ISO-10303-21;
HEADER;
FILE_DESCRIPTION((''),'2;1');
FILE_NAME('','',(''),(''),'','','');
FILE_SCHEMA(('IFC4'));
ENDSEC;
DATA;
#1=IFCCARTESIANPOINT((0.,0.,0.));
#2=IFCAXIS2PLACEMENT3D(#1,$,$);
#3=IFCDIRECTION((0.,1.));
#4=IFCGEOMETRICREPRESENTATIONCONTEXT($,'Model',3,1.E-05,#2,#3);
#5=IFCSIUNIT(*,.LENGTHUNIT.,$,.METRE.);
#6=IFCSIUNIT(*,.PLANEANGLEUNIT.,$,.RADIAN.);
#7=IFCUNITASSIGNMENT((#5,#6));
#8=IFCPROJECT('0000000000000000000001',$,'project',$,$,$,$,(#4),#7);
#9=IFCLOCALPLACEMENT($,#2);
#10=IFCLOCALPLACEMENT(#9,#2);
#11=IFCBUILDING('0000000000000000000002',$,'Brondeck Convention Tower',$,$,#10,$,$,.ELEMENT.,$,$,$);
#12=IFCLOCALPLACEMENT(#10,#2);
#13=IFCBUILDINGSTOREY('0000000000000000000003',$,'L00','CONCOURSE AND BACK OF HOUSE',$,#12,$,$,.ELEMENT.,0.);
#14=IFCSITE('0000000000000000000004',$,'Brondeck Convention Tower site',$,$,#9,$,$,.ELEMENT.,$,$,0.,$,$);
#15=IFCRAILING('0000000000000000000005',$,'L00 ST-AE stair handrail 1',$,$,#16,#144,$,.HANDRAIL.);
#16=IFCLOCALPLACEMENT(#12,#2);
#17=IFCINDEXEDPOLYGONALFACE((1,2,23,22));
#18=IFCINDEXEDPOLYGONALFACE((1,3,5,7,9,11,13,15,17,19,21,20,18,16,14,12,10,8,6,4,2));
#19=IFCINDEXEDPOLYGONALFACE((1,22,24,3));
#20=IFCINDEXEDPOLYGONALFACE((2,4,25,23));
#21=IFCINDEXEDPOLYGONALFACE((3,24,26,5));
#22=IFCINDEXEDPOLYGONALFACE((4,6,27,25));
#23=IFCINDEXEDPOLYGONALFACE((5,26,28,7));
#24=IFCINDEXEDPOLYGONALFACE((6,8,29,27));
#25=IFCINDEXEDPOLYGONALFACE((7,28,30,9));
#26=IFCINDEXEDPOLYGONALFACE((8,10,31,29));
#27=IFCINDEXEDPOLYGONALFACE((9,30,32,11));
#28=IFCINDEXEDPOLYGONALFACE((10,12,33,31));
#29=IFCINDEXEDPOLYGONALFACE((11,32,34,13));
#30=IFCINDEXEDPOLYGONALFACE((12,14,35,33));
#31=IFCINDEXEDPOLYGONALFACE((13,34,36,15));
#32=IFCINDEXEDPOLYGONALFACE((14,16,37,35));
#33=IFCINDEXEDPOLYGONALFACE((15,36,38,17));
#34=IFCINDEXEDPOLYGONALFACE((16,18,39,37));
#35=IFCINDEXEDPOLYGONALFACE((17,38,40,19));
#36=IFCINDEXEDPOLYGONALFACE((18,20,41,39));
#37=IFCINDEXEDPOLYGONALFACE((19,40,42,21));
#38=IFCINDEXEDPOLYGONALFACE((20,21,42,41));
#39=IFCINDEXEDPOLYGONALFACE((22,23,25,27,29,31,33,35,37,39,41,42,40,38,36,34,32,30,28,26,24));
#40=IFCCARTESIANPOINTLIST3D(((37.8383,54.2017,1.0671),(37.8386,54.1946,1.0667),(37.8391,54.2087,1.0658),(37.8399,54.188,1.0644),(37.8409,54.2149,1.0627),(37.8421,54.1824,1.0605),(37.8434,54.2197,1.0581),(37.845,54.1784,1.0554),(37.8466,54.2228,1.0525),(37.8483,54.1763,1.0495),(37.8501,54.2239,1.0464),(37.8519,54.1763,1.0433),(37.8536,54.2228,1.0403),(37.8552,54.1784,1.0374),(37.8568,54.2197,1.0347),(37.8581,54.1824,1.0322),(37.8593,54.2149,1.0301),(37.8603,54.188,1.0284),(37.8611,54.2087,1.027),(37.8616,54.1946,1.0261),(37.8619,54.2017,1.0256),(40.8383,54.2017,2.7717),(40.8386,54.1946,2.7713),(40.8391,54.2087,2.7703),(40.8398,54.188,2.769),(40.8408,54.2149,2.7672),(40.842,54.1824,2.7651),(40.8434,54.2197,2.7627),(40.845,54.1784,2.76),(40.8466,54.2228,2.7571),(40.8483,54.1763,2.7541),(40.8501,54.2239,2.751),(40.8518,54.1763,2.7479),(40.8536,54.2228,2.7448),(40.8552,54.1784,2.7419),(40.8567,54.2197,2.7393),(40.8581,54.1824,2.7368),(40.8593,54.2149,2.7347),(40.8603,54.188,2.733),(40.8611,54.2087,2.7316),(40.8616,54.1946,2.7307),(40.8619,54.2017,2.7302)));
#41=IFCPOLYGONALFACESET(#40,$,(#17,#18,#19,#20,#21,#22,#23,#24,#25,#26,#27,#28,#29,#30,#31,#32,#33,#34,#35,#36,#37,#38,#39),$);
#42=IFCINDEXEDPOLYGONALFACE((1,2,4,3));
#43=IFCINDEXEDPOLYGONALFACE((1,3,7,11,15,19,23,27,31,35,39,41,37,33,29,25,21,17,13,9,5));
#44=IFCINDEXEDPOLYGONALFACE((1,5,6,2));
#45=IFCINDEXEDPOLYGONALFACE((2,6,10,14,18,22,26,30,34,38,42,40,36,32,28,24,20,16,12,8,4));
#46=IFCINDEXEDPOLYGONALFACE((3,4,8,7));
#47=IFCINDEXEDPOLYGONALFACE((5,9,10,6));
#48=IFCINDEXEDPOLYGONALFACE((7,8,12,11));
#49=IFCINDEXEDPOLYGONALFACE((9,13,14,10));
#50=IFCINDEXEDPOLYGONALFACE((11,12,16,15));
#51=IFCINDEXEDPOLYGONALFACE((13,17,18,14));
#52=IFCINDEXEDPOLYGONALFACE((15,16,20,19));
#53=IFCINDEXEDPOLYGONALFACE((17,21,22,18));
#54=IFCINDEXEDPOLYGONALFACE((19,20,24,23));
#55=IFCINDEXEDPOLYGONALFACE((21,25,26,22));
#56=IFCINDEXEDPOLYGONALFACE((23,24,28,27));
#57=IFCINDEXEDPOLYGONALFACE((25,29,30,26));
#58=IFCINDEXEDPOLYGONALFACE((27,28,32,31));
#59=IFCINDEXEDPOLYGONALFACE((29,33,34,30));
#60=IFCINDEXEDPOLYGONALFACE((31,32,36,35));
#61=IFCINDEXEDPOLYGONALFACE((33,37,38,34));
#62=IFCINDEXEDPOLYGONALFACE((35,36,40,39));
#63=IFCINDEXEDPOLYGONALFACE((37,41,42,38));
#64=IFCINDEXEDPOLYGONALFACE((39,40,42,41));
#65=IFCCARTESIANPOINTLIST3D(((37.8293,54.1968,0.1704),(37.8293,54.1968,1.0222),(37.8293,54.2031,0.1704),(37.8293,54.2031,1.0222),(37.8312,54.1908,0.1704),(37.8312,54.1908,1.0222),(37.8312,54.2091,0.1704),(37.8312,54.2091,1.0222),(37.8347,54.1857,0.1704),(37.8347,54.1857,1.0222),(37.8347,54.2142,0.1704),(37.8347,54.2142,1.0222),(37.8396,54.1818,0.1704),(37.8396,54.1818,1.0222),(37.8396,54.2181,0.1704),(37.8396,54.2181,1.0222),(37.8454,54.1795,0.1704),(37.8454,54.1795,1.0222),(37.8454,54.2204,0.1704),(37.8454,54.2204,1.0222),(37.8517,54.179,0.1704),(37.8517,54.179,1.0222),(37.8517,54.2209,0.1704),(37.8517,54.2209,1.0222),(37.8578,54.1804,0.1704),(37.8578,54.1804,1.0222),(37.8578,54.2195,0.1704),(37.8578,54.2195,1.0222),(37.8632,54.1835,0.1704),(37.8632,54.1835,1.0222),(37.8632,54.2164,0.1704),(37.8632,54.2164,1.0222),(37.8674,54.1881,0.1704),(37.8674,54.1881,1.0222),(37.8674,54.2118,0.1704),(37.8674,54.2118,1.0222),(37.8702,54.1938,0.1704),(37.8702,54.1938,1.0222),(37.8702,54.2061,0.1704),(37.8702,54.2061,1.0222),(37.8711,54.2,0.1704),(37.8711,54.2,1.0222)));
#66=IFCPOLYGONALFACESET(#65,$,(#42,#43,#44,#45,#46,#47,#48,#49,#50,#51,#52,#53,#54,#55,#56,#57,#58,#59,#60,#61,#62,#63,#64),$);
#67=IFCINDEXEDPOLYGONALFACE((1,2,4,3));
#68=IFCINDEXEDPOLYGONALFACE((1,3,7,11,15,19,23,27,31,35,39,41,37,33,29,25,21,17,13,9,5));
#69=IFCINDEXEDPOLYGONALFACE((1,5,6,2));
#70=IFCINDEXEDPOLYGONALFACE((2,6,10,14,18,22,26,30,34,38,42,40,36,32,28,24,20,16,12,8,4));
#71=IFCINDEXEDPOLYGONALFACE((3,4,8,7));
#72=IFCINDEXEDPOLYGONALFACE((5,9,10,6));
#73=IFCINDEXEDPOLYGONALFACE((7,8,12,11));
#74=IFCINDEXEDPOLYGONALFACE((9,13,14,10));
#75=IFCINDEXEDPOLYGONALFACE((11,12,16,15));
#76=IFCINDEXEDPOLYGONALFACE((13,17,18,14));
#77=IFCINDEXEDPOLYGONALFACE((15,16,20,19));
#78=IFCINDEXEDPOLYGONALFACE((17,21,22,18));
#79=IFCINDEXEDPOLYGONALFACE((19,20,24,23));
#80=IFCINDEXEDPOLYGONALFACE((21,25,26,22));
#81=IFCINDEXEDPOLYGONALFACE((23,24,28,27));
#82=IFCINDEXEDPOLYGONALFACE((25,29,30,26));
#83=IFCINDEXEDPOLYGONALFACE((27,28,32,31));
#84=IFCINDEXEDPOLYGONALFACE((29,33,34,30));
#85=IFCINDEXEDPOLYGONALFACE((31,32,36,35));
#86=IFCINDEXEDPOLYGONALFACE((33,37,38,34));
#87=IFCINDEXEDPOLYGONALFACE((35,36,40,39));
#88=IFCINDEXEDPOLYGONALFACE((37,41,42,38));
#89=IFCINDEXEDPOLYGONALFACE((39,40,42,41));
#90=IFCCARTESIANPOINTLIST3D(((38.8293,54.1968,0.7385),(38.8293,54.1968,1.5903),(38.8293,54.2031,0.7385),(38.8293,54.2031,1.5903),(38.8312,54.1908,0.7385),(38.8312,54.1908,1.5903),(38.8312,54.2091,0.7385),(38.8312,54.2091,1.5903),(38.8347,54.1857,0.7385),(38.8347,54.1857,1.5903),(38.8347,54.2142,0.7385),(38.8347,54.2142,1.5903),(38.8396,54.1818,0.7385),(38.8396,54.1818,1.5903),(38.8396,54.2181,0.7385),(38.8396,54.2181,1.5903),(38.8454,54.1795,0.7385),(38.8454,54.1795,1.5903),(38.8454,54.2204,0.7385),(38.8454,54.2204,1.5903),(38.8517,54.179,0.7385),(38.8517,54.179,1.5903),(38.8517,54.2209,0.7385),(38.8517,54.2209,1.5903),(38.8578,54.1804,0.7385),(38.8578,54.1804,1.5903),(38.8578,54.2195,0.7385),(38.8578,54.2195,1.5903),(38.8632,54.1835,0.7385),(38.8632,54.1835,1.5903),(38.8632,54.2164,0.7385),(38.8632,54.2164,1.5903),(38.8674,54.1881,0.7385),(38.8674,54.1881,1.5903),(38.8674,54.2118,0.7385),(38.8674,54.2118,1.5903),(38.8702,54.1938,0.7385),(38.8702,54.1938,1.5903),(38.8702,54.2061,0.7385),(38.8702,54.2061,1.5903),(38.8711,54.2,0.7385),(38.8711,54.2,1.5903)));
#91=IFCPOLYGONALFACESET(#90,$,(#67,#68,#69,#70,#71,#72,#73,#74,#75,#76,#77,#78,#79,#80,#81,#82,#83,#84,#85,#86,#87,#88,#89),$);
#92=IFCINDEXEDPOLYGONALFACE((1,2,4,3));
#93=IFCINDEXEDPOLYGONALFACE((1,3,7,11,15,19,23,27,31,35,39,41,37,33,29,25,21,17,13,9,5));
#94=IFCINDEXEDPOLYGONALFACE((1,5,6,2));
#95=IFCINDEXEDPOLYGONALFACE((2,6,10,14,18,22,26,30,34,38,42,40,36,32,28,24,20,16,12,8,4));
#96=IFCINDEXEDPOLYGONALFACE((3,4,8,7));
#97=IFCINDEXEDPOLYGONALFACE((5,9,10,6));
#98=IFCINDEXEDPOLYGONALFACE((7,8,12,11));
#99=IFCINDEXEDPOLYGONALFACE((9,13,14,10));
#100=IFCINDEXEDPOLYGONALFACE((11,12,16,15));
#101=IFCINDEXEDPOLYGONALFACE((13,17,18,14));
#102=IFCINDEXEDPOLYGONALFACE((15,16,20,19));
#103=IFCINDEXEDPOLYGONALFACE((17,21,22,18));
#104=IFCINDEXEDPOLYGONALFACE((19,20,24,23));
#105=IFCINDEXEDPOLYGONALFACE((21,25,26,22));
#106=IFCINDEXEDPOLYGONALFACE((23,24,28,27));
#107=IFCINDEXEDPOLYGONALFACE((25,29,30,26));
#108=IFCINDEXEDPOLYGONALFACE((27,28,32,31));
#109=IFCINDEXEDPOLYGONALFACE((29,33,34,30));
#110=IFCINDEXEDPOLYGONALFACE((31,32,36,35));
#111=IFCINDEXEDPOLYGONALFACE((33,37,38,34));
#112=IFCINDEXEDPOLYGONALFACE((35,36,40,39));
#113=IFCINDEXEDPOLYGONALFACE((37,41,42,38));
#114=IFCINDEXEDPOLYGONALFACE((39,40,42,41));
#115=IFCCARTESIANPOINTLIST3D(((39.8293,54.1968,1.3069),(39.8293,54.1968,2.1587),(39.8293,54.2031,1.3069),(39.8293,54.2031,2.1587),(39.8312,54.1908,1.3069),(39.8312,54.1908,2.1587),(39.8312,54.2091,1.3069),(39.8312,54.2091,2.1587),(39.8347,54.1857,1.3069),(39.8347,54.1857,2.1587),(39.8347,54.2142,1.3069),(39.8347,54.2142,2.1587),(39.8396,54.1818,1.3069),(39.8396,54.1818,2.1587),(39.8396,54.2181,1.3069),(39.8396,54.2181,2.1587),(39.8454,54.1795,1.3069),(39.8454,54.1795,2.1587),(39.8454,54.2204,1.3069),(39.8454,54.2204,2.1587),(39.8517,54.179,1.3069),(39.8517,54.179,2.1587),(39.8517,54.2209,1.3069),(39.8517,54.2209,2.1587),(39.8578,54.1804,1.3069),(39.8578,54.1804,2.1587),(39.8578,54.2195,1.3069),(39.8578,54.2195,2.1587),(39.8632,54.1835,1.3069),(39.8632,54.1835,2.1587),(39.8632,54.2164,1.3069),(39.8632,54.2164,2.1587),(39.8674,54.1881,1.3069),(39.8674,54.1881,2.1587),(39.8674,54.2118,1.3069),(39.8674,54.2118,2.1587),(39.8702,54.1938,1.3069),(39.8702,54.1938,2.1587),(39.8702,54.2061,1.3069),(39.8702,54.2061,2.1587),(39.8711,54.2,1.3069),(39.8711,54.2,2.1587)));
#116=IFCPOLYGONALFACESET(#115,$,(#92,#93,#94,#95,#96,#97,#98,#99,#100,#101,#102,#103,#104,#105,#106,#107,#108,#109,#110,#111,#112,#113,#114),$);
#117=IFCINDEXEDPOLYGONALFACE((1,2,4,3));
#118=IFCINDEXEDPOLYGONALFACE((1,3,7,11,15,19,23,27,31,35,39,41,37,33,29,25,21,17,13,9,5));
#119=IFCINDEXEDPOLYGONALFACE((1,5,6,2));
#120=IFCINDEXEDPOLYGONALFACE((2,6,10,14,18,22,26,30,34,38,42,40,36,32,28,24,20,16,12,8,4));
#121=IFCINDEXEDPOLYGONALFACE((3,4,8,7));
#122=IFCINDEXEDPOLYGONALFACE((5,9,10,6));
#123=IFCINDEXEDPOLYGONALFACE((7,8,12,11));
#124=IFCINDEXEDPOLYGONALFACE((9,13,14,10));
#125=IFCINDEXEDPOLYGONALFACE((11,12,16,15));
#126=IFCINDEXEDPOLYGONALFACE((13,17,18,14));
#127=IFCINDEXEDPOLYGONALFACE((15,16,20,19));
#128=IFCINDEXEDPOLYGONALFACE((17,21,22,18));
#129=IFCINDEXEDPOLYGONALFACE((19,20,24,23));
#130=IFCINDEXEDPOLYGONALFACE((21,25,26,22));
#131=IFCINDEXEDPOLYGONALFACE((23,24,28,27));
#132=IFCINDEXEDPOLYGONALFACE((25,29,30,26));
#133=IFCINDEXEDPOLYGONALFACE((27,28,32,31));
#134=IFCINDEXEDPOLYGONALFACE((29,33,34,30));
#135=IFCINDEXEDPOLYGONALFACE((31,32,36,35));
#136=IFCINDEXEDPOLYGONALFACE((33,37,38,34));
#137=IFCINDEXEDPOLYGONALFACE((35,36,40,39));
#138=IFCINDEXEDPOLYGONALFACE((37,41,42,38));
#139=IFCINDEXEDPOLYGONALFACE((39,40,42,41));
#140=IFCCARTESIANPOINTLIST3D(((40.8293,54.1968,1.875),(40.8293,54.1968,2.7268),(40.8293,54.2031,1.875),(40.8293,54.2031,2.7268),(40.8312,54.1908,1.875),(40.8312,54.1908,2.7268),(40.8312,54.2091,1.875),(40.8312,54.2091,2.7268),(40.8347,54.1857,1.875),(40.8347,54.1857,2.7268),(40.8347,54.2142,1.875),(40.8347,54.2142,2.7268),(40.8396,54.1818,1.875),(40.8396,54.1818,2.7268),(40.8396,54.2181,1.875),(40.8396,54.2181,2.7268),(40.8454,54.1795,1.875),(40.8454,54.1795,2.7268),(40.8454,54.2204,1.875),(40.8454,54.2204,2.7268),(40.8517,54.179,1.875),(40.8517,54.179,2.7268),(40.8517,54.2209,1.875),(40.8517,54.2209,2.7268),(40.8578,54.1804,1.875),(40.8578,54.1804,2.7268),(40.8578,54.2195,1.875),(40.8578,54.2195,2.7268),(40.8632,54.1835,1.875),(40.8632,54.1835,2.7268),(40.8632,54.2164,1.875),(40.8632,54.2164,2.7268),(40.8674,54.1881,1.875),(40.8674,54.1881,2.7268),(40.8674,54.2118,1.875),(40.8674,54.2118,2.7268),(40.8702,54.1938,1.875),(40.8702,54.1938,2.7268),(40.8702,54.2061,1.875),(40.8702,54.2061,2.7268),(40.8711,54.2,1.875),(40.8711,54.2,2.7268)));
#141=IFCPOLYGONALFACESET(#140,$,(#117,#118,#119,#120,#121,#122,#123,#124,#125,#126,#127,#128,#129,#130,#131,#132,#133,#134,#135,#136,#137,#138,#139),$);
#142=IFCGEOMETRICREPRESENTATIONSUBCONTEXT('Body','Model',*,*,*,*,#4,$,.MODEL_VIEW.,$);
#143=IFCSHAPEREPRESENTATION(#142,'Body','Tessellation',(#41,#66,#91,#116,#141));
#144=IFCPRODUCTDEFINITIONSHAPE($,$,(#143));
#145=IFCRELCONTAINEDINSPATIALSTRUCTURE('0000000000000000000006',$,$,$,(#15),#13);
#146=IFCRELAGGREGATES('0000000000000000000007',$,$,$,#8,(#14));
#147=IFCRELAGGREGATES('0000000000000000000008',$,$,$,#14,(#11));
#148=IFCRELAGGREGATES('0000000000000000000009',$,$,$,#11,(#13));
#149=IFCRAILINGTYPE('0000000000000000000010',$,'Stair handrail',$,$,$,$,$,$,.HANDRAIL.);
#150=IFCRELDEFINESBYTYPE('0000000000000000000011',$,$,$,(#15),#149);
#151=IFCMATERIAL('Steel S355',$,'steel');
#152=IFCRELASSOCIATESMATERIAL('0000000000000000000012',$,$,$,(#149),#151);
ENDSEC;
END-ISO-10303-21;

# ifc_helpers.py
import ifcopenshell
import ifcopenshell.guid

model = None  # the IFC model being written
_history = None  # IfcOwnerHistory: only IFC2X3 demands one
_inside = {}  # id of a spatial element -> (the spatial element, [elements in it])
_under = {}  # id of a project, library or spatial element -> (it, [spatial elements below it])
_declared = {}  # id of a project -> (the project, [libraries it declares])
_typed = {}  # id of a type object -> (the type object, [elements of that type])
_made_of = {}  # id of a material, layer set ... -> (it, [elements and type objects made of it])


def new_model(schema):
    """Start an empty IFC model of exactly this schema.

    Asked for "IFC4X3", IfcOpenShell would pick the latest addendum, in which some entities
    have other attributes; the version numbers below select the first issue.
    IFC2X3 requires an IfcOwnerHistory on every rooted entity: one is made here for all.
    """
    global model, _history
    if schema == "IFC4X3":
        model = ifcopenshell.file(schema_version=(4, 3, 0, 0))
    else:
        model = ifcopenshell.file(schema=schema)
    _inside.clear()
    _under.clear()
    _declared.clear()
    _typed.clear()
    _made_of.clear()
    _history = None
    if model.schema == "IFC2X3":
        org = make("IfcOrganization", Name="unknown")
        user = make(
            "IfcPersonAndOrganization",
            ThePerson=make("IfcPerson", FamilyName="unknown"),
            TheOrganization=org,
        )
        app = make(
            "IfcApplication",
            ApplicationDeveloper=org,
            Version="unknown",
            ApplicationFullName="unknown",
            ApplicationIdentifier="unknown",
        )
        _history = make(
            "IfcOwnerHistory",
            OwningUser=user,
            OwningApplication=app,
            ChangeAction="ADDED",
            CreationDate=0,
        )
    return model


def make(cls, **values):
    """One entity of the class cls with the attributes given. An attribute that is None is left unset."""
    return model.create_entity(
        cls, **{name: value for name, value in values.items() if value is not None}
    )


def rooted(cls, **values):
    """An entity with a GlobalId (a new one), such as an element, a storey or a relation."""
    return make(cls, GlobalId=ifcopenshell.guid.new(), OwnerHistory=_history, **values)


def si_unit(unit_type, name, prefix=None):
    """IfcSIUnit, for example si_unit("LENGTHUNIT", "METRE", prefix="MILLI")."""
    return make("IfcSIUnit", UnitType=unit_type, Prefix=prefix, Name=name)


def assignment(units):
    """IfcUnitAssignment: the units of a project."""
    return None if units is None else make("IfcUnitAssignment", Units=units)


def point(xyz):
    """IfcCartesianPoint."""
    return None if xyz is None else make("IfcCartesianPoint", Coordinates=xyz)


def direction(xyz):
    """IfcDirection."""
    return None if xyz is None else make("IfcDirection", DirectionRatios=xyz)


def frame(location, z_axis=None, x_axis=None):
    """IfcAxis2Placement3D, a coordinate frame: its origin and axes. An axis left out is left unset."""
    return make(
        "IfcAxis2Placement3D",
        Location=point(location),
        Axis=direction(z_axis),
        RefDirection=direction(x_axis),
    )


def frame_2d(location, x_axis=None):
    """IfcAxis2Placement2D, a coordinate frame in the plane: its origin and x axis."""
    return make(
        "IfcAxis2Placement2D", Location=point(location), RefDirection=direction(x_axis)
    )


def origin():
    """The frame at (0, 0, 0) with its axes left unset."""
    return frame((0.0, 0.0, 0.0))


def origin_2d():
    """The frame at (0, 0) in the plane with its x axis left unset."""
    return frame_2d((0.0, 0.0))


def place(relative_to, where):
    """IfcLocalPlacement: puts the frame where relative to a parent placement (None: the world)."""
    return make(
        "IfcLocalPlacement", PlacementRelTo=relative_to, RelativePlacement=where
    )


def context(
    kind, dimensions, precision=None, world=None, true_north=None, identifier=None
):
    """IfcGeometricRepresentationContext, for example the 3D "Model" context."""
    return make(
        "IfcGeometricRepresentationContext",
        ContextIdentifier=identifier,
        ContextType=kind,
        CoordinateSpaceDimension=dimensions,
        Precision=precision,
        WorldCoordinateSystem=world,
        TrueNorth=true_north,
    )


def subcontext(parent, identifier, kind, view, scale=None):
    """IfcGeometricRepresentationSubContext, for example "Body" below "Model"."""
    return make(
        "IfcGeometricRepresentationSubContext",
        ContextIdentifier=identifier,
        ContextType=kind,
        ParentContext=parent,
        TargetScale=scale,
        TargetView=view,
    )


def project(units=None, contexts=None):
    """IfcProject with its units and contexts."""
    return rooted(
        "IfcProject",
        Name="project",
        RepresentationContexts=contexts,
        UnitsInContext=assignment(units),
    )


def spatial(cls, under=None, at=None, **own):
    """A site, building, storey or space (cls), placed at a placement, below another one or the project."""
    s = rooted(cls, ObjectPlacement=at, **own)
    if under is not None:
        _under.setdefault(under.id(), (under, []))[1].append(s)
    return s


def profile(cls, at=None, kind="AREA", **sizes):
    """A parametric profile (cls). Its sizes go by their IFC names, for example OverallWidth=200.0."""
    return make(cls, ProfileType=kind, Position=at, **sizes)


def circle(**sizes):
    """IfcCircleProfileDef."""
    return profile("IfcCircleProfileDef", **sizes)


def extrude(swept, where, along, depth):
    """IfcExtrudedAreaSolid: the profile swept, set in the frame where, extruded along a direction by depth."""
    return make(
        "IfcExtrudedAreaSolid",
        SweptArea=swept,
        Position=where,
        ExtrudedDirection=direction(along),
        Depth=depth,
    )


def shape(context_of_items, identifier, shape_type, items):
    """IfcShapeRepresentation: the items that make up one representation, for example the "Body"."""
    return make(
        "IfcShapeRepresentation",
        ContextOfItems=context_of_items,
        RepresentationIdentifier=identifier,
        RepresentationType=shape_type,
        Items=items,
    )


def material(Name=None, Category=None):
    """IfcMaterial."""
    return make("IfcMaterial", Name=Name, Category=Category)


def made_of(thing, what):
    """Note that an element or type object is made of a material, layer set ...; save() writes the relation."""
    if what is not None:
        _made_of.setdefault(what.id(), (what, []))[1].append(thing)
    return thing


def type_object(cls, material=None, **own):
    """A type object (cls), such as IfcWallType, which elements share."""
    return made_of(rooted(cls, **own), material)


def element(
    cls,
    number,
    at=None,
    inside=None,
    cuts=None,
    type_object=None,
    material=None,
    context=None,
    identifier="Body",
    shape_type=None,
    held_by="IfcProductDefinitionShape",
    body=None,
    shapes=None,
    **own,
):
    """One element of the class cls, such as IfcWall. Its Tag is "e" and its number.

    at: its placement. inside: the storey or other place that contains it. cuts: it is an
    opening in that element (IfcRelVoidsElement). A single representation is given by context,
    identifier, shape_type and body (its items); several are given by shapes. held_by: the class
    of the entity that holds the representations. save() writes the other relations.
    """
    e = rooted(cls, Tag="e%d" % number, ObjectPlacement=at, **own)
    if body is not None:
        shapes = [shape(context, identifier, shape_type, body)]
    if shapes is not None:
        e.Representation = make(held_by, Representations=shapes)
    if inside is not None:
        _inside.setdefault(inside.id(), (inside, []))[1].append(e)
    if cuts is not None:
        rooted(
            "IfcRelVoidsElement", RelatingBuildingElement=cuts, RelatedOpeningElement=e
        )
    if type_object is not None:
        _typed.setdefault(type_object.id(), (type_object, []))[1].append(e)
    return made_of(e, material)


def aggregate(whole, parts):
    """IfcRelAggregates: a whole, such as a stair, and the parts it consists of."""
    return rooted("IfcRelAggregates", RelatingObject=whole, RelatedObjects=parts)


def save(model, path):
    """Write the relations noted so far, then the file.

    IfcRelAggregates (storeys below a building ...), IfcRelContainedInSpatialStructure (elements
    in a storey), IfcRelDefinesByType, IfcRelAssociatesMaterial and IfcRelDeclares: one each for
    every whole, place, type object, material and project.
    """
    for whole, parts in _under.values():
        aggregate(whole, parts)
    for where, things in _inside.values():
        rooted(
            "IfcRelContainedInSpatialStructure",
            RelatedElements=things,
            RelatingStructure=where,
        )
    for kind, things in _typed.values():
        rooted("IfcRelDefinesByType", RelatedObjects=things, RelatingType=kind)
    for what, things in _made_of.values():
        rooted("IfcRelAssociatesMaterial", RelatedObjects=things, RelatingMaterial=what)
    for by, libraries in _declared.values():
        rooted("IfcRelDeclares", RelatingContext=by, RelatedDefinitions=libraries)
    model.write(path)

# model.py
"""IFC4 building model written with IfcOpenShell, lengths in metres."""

from ifc_helpers import new_model, si_unit, direction, frame, origin, origin_2d, place, context, subcontext, project, spatial, circle, extrude, material, type_object, element, save


model = new_model("IFC4")

# Units and contexts
model_context = context("Model", 3, precision=1e-05, world=origin(), true_north=direction((0.0, 1.0)))
body_context = subcontext(model_context, "Body", "Model", "MODEL_VIEW")
ifc_project = project(units=[si_unit("LENGTHUNIT", "METRE"), si_unit("PLANEANGLEUNIT", "RADIAN")], contexts=[model_context])

# Site, building, storey
site_placement = place(None, origin())
site = spatial("IfcSite", under=ifc_project, at=site_placement, Name="Brondeck Convention Tower site", CompositionType="ELEMENT", RefElevation=0.0)
building_placement = place(site_placement, origin())
building = spatial("IfcBuilding", under=site, at=building_placement, Name="Brondeck Convention Tower", CompositionType="ELEMENT")
storey_placement = place(building_placement, origin())
storey = spatial("IfcBuildingStorey", under=building, at=storey_placement, Name="L00", Description="CONCOURSE AND BACK OF HOUSE", CompositionType="ELEMENT", Elevation=0.0)

# Shared definitions
ifc_material_1 = material(Name="Steel S355", Category="steel")

# Railing
railing_type_1 = type_object("IfcRailingType", Name="Stair handrail", PredefinedType="HANDRAIL", material=ifc_material_1)
for number, where, name in (
    (1, (37.8501, 54.2, 0.1704), "L00 ST-AE stair handrail 1"),
):
    element("IfcRailing", number, at=place(storey_placement, frame(where)), inside=storey, type_object=railing_type_1, Name=name, PredefinedType="HANDRAIL", context=body_context, shape_type="SweptSolid", body=[
        extrude(circle(Radius=0.0239, at=origin_2d()), frame((0.0, 0.0, 0.876), z_axis=(0.869451, 0.0, 0.494019), x_axis=(0.0, 1.0, 0.0)), (0.0, 0.0, 1.0), 3.4504),
        extrude(circle(Radius=0.021, at=origin_2d()), origin(), (0.0, 0.0, 1.0), 0.8518),
        extrude(circle(Radius=0.021, at=origin_2d()), frame((1.0, 0.0, 0.5681)), (0.0, 0.0, 1.0), 0.8518),
        extrude(circle(Radius=0.021, at=origin_2d()), frame((2.0, 0.0, 1.1365)), (0.0, 0.0, 1.0), 0.8518),
        extrude(circle(Radius=0.021, at=origin_2d()), frame((3.0, 0.0, 1.7046)), (0.0, 0.0, 1.0), 0.8518),
    ])

save(model, "model.ifc")
